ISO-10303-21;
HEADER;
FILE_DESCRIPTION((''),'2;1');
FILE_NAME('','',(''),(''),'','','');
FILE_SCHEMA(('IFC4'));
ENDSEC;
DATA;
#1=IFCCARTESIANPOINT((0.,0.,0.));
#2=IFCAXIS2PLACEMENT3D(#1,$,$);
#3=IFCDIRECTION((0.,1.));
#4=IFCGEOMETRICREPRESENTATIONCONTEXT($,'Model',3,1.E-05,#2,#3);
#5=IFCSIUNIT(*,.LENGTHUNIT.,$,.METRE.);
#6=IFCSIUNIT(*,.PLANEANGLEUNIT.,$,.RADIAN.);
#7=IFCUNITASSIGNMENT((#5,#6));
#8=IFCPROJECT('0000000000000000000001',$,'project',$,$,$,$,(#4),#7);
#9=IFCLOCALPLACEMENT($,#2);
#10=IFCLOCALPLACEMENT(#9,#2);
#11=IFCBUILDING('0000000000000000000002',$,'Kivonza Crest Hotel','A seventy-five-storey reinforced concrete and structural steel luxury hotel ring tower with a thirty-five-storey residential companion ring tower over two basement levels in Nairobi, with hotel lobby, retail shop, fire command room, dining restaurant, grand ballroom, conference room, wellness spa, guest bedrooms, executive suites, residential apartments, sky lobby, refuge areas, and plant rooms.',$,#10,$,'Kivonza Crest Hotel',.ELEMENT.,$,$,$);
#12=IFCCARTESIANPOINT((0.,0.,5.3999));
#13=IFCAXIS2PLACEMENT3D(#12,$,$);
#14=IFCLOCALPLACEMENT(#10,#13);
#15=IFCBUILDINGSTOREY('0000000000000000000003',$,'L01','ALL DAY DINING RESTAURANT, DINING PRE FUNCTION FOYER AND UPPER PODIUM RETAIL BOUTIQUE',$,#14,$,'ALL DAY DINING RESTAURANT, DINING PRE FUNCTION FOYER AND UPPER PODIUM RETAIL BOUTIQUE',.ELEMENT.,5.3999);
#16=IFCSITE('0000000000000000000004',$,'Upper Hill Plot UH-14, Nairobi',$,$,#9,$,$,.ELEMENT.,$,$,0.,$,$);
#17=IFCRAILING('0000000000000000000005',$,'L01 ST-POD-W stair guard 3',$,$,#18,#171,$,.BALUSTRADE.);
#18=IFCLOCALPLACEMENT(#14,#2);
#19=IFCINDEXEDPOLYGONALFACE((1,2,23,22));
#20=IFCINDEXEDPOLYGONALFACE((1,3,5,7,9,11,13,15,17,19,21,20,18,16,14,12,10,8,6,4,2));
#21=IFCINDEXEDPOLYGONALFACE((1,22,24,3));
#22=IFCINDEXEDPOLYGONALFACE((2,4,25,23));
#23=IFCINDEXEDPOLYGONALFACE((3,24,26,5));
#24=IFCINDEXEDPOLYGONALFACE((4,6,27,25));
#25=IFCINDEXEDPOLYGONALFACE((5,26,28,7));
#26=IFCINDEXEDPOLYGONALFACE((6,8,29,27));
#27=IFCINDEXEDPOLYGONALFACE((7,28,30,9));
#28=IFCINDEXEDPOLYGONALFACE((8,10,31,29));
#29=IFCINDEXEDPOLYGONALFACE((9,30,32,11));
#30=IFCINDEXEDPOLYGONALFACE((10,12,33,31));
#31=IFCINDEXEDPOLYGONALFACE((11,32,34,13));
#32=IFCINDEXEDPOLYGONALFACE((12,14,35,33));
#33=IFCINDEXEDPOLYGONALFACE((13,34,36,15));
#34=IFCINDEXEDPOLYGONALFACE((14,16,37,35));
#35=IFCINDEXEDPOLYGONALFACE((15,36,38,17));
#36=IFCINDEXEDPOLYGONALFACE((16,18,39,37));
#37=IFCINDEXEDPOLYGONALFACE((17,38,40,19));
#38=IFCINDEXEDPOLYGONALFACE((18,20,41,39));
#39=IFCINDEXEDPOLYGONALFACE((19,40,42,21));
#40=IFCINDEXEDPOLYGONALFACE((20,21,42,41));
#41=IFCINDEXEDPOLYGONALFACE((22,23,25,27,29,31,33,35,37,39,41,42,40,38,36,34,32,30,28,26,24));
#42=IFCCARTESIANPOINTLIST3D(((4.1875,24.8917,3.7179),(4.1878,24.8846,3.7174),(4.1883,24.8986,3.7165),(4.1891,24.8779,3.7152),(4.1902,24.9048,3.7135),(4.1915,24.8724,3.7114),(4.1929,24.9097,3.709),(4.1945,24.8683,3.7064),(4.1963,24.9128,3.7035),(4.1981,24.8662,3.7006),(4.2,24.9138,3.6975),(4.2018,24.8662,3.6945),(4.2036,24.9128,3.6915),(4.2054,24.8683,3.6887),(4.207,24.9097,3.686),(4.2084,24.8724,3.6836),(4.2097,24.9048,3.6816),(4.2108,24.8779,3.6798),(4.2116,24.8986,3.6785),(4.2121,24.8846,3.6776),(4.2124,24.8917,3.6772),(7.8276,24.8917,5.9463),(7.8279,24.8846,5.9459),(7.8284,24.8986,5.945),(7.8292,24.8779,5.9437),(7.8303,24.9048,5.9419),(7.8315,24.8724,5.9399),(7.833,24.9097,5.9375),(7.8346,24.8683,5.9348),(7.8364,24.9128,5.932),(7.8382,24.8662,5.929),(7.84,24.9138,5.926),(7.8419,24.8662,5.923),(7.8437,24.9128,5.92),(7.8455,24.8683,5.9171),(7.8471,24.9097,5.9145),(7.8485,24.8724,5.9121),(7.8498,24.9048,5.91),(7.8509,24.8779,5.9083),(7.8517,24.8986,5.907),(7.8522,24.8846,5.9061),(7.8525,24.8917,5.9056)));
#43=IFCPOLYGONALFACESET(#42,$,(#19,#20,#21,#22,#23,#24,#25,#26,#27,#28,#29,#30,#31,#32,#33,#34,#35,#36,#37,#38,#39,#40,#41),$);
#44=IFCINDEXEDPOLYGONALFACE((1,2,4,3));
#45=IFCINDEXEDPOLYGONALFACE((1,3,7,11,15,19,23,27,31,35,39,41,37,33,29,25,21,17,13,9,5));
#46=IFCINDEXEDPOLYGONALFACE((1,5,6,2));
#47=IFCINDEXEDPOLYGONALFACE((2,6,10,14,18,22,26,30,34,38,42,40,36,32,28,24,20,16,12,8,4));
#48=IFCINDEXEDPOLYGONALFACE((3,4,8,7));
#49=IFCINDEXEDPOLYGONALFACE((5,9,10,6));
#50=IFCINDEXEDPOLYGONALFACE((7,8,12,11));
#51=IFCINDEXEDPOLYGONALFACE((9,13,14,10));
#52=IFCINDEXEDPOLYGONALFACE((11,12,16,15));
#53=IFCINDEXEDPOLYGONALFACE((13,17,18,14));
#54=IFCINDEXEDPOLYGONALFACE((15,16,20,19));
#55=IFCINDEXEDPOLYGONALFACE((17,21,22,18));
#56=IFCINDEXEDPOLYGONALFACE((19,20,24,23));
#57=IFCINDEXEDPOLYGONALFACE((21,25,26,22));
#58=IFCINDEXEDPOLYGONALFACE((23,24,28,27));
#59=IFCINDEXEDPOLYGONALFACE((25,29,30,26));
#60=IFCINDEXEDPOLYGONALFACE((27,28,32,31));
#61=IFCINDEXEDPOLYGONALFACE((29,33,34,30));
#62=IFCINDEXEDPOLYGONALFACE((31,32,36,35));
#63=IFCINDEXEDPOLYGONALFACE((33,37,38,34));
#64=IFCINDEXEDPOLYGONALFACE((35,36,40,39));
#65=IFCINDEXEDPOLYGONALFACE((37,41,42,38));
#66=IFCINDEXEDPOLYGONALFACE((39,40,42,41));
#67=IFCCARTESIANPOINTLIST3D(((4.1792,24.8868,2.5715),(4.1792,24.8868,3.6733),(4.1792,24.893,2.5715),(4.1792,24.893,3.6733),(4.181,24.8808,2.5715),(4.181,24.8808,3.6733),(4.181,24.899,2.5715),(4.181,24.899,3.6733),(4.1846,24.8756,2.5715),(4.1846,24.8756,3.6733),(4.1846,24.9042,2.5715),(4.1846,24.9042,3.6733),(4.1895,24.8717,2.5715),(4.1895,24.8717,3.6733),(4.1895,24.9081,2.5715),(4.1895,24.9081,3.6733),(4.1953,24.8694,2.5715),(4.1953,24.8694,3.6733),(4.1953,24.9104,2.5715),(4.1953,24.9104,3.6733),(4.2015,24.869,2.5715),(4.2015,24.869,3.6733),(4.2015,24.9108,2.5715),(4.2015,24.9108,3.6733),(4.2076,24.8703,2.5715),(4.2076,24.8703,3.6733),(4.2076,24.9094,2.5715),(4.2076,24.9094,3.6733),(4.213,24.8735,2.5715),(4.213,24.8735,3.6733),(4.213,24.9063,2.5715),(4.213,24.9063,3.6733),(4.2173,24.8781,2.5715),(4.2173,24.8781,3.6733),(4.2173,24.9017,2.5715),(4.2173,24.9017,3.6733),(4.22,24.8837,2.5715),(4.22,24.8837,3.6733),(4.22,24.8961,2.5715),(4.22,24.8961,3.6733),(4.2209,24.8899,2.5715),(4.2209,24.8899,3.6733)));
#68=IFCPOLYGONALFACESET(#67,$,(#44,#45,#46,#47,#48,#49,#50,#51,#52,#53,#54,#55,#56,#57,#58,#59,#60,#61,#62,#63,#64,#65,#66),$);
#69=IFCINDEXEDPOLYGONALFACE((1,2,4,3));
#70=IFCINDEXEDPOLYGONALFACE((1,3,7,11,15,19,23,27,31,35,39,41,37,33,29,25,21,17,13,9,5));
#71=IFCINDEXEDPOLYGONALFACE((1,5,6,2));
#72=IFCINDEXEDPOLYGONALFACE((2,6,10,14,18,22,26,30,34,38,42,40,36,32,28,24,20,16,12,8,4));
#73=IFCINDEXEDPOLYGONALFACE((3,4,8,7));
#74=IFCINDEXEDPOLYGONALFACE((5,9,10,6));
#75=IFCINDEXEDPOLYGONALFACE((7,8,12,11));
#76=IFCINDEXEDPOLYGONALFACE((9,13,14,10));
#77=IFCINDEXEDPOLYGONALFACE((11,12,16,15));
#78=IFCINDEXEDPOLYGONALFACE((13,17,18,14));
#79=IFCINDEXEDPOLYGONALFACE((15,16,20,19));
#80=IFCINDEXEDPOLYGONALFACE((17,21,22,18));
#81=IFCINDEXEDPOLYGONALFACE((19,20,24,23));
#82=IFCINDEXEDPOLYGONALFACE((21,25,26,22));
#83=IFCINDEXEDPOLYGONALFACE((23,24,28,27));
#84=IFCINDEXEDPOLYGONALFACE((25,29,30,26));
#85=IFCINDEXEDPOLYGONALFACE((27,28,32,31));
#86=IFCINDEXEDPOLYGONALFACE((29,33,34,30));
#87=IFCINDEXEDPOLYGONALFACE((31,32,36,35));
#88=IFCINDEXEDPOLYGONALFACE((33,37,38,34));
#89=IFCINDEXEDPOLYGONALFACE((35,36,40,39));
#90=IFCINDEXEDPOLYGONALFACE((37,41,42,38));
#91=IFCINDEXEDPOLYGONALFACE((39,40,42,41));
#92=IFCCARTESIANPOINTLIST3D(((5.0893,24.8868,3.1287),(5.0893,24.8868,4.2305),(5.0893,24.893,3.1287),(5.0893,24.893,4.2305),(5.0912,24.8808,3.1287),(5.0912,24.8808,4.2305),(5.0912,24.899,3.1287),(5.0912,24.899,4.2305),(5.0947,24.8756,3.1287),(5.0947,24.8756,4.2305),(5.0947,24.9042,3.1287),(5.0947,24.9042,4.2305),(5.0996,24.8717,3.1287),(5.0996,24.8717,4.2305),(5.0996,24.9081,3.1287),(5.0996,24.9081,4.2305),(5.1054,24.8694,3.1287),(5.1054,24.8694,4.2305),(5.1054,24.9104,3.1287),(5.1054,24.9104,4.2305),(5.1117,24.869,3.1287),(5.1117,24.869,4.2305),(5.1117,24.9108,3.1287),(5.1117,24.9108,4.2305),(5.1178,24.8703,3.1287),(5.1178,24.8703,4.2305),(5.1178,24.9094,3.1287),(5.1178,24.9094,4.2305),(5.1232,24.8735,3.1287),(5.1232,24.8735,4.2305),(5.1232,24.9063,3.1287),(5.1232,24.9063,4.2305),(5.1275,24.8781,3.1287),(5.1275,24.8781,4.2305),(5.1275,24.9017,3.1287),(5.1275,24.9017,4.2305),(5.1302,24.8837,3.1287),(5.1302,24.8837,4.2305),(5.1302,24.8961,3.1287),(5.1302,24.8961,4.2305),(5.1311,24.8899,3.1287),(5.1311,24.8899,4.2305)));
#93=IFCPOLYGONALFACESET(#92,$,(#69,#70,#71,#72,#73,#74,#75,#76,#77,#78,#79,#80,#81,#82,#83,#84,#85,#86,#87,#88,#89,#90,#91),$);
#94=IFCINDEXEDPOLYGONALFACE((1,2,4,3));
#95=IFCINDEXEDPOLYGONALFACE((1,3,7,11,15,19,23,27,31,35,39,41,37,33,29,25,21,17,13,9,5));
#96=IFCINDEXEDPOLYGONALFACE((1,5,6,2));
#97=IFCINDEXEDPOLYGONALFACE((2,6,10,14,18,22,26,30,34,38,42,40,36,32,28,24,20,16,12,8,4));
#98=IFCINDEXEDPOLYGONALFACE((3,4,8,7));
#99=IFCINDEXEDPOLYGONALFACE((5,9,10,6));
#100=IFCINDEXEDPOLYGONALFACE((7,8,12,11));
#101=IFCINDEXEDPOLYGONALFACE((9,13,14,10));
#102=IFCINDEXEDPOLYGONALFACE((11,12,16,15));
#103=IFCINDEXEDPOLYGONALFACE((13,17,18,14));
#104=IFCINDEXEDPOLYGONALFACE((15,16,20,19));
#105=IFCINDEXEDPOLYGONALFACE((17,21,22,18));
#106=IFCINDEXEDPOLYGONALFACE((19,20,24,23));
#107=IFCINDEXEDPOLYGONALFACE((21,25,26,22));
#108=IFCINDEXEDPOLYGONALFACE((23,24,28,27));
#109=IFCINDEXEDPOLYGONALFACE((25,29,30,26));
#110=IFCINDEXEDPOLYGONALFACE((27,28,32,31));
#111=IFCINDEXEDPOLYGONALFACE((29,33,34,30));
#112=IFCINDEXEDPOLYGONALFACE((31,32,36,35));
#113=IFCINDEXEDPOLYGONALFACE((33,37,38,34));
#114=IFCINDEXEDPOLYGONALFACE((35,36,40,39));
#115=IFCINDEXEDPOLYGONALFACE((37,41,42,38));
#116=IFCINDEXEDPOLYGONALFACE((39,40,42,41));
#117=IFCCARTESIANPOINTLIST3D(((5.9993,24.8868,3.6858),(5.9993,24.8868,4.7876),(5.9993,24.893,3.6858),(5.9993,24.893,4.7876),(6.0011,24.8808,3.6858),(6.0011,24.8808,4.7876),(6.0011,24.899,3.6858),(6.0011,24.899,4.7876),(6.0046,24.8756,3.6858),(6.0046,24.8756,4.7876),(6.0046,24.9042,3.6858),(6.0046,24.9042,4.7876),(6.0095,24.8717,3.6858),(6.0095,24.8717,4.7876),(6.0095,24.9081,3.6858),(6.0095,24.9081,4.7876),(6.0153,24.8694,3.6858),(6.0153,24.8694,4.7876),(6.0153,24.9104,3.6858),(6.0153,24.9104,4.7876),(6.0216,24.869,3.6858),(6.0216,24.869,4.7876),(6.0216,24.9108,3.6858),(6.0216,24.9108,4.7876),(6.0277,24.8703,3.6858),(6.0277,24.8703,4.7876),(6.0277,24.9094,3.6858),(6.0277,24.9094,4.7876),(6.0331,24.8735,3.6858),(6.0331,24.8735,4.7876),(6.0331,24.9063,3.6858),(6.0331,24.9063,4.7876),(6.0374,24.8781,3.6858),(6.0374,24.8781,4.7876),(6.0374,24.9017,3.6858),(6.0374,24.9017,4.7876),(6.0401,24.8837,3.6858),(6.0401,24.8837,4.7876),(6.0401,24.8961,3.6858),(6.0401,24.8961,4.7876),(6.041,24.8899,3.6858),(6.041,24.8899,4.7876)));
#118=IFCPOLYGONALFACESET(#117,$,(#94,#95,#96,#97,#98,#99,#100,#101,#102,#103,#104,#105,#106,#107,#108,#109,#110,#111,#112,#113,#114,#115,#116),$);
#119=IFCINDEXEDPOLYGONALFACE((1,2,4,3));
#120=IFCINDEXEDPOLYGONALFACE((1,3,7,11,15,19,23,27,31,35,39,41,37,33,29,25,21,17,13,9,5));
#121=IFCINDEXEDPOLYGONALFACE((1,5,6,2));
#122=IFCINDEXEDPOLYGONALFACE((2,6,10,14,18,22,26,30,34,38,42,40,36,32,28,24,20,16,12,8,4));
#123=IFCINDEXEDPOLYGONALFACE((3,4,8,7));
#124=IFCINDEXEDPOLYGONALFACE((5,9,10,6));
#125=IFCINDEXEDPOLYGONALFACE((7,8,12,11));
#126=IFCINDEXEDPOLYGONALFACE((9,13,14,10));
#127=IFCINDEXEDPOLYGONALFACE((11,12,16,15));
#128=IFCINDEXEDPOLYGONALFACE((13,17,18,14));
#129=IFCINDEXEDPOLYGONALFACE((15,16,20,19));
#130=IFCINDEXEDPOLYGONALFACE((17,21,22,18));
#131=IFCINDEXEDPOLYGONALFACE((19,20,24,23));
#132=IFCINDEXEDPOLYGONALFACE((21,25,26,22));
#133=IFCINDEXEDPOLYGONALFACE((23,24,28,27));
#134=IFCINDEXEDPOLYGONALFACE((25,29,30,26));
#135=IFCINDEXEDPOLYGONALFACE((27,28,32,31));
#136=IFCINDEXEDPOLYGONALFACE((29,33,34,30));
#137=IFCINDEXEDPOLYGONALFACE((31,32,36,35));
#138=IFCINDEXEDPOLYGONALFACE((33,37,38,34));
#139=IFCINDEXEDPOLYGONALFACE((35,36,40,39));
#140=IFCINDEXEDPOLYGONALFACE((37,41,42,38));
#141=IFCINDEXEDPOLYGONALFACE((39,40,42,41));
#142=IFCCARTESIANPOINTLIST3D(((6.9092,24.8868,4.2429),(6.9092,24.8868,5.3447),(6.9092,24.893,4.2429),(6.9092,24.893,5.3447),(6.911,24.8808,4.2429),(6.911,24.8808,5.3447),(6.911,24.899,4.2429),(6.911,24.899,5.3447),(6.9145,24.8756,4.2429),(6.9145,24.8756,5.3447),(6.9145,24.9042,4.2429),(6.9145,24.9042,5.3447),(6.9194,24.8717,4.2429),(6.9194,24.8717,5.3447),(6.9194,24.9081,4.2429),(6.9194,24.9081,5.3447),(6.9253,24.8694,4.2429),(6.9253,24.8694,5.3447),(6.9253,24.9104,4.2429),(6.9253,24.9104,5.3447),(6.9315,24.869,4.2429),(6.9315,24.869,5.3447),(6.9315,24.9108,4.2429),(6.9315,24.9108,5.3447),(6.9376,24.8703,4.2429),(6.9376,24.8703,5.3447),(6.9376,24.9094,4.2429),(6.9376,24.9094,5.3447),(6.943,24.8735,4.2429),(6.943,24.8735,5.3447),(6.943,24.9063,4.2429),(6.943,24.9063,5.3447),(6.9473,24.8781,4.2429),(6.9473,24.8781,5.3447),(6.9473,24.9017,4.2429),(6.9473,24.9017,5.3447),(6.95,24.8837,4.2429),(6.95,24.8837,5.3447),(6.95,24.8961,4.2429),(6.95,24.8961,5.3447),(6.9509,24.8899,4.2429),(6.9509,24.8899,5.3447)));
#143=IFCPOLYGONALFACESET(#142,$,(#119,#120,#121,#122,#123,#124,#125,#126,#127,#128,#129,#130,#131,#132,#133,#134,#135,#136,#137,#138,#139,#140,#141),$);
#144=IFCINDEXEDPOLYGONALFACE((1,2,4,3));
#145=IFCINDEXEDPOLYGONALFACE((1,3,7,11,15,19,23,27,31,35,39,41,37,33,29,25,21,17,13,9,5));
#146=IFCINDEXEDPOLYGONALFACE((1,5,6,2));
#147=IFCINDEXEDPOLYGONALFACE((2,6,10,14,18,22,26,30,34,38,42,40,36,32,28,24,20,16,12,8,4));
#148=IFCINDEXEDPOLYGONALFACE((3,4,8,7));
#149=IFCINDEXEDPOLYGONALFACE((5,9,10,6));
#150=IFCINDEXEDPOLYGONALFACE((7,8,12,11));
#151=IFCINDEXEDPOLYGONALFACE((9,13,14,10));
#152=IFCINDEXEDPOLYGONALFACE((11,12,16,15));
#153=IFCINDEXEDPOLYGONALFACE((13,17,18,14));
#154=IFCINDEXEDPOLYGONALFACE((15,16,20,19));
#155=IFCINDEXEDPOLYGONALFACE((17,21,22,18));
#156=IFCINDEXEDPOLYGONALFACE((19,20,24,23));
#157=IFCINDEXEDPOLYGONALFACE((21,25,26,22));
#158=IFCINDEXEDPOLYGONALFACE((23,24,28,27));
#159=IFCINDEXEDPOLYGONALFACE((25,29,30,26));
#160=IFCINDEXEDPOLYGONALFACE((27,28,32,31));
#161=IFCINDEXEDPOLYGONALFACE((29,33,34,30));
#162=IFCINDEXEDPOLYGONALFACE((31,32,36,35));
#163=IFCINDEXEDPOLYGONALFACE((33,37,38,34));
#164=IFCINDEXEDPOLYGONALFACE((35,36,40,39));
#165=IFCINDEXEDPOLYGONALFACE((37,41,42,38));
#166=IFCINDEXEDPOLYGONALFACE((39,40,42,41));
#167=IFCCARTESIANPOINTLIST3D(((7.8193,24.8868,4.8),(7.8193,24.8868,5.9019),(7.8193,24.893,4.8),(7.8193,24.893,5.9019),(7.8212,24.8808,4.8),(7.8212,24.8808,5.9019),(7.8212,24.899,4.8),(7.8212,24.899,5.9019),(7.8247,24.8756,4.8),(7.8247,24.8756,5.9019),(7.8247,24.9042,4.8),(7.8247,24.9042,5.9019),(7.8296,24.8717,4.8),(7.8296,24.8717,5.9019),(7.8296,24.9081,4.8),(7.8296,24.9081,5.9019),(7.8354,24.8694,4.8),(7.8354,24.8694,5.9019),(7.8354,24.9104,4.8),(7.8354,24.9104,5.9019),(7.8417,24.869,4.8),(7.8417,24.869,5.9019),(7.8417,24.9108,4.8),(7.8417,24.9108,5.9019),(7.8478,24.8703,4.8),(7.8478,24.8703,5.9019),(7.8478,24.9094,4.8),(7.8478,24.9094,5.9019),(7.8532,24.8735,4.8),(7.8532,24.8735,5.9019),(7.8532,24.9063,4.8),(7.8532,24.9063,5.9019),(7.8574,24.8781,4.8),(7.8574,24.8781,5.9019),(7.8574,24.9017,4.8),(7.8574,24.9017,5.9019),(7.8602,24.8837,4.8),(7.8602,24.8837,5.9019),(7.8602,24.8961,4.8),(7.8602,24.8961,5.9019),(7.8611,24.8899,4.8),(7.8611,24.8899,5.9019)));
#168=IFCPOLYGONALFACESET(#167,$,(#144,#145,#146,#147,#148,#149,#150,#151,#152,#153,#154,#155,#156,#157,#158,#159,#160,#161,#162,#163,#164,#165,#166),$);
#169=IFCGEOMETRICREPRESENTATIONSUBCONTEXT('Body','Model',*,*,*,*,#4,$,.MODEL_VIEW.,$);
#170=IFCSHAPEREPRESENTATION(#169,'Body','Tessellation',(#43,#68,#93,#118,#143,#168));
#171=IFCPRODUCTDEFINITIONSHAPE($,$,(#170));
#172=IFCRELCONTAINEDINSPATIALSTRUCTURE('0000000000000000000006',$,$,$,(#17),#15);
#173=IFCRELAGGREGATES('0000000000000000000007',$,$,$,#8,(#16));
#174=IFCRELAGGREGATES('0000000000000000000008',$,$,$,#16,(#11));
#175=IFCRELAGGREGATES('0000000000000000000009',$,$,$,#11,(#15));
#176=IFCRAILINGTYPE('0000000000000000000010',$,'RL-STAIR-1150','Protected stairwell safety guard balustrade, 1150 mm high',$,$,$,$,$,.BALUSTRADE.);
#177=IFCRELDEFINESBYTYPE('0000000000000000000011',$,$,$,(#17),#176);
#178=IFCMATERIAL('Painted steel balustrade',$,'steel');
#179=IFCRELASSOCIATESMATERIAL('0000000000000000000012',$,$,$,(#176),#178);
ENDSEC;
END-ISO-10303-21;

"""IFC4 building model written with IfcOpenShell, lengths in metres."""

from ifc_helpers import new_model, si_unit, direction, frame, origin, origin_2d, place, context, subcontext, project, spatial, circle, extrude, material, type_object, element, save


model = new_model("IFC4")

# Units and contexts
model_context = context("Model", 3, precision=1e-05, world=origin(), true_north=direction((0.0, 1.0)))
body_context = subcontext(model_context, "Body", "Model", "MODEL_VIEW")
ifc_project = project(units=[si_unit("LENGTHUNIT", "METRE"), si_unit("PLANEANGLEUNIT", "RADIAN")], contexts=[model_context])

# Site, building, storey
site_placement = place(None, origin())
site = spatial("IfcSite", under=ifc_project, at=site_placement, Name="Upper Hill Plot UH-14, Nairobi", CompositionType="ELEMENT", RefElevation=0.0)
building_placement = place(site_placement, origin())
building = spatial("IfcBuilding", under=site, at=building_placement, Name="Kivonza Crest Hotel", Description="A seventy-five-storey reinforced concrete and structural steel luxury hotel ring tower with a thirty-five-storey residential companion ring tower over two basement levels in Nairobi, with hotel lobby, retail shop, fire command room, dining restaurant, grand ballroom, conference room, wellness spa, guest bedrooms, executive suites, residential apartments, sky lobby, refuge areas, and plant rooms.", LongName="Kivonza Crest Hotel", CompositionType="ELEMENT")
storey_placement = place(building_placement, frame((0.0, 0.0, 5.3999)))
storey = spatial("IfcBuildingStorey", under=building, at=storey_placement, Name="L01", Description="ALL DAY DINING RESTAURANT, DINING PRE FUNCTION FOYER AND UPPER PODIUM RETAIL BOUTIQUE", LongName="ALL DAY DINING RESTAURANT, DINING PRE FUNCTION FOYER AND UPPER PODIUM RETAIL BOUTIQUE", CompositionType="ELEMENT", Elevation=5.3999)

# Railing
ifc_material_1 = material(Name="Painted steel balustrade", Category="steel")
railing_type_1 = type_object("IfcRailingType", Name="RL-STAIR-1150", Description="Protected stairwell safety guard balustrade, 1150 mm high", PredefinedType="BALUSTRADE", material=ifc_material_1)
railing_1_placement = place(storey_placement, frame((4.2, 24.8899, 2.5715)))
element("IfcRailing", 1, at=railing_1_placement, inside=storey, type_object=railing_type_1, Name="L01 ST-POD-W stair guard 3", PredefinedType="BALUSTRADE", context=body_context, shape_type="SweptSolid", body=[
    extrude(circle(Radius=0.0239, at=origin_2d()), frame((0.0, 0.0, 1.126), z_axis=(0.852866, 0.0, 0.52213), x_axis=(0.0, 1.0, 0.0)), (0.0, 0.0, 1.0), 4.2681),
    extrude(circle(Radius=0.021, at=origin_2d()), origin(), (0.0, 0.0, 1.0), 1.1018),
    extrude(circle(Radius=0.021, at=origin_2d()), frame((0.9102, 0.0, 0.5571)), (0.0, 0.0, 1.0), 1.1018),
    extrude(circle(Radius=0.021, at=origin_2d()), frame((1.8201, 0.0, 1.1143)), (0.0, 0.0, 1.0), 1.1018),
    extrude(circle(Radius=0.021, at=origin_2d()), frame((2.73, 0.0, 1.6714)), (0.0, 0.0, 1.0), 1.1018),
    extrude(circle(Radius=0.021, at=origin_2d()), frame((3.6401, 0.0, 2.2285)), (0.0, 0.0, 1.0), 1.1018),
])

save(model, "model.ifc")
